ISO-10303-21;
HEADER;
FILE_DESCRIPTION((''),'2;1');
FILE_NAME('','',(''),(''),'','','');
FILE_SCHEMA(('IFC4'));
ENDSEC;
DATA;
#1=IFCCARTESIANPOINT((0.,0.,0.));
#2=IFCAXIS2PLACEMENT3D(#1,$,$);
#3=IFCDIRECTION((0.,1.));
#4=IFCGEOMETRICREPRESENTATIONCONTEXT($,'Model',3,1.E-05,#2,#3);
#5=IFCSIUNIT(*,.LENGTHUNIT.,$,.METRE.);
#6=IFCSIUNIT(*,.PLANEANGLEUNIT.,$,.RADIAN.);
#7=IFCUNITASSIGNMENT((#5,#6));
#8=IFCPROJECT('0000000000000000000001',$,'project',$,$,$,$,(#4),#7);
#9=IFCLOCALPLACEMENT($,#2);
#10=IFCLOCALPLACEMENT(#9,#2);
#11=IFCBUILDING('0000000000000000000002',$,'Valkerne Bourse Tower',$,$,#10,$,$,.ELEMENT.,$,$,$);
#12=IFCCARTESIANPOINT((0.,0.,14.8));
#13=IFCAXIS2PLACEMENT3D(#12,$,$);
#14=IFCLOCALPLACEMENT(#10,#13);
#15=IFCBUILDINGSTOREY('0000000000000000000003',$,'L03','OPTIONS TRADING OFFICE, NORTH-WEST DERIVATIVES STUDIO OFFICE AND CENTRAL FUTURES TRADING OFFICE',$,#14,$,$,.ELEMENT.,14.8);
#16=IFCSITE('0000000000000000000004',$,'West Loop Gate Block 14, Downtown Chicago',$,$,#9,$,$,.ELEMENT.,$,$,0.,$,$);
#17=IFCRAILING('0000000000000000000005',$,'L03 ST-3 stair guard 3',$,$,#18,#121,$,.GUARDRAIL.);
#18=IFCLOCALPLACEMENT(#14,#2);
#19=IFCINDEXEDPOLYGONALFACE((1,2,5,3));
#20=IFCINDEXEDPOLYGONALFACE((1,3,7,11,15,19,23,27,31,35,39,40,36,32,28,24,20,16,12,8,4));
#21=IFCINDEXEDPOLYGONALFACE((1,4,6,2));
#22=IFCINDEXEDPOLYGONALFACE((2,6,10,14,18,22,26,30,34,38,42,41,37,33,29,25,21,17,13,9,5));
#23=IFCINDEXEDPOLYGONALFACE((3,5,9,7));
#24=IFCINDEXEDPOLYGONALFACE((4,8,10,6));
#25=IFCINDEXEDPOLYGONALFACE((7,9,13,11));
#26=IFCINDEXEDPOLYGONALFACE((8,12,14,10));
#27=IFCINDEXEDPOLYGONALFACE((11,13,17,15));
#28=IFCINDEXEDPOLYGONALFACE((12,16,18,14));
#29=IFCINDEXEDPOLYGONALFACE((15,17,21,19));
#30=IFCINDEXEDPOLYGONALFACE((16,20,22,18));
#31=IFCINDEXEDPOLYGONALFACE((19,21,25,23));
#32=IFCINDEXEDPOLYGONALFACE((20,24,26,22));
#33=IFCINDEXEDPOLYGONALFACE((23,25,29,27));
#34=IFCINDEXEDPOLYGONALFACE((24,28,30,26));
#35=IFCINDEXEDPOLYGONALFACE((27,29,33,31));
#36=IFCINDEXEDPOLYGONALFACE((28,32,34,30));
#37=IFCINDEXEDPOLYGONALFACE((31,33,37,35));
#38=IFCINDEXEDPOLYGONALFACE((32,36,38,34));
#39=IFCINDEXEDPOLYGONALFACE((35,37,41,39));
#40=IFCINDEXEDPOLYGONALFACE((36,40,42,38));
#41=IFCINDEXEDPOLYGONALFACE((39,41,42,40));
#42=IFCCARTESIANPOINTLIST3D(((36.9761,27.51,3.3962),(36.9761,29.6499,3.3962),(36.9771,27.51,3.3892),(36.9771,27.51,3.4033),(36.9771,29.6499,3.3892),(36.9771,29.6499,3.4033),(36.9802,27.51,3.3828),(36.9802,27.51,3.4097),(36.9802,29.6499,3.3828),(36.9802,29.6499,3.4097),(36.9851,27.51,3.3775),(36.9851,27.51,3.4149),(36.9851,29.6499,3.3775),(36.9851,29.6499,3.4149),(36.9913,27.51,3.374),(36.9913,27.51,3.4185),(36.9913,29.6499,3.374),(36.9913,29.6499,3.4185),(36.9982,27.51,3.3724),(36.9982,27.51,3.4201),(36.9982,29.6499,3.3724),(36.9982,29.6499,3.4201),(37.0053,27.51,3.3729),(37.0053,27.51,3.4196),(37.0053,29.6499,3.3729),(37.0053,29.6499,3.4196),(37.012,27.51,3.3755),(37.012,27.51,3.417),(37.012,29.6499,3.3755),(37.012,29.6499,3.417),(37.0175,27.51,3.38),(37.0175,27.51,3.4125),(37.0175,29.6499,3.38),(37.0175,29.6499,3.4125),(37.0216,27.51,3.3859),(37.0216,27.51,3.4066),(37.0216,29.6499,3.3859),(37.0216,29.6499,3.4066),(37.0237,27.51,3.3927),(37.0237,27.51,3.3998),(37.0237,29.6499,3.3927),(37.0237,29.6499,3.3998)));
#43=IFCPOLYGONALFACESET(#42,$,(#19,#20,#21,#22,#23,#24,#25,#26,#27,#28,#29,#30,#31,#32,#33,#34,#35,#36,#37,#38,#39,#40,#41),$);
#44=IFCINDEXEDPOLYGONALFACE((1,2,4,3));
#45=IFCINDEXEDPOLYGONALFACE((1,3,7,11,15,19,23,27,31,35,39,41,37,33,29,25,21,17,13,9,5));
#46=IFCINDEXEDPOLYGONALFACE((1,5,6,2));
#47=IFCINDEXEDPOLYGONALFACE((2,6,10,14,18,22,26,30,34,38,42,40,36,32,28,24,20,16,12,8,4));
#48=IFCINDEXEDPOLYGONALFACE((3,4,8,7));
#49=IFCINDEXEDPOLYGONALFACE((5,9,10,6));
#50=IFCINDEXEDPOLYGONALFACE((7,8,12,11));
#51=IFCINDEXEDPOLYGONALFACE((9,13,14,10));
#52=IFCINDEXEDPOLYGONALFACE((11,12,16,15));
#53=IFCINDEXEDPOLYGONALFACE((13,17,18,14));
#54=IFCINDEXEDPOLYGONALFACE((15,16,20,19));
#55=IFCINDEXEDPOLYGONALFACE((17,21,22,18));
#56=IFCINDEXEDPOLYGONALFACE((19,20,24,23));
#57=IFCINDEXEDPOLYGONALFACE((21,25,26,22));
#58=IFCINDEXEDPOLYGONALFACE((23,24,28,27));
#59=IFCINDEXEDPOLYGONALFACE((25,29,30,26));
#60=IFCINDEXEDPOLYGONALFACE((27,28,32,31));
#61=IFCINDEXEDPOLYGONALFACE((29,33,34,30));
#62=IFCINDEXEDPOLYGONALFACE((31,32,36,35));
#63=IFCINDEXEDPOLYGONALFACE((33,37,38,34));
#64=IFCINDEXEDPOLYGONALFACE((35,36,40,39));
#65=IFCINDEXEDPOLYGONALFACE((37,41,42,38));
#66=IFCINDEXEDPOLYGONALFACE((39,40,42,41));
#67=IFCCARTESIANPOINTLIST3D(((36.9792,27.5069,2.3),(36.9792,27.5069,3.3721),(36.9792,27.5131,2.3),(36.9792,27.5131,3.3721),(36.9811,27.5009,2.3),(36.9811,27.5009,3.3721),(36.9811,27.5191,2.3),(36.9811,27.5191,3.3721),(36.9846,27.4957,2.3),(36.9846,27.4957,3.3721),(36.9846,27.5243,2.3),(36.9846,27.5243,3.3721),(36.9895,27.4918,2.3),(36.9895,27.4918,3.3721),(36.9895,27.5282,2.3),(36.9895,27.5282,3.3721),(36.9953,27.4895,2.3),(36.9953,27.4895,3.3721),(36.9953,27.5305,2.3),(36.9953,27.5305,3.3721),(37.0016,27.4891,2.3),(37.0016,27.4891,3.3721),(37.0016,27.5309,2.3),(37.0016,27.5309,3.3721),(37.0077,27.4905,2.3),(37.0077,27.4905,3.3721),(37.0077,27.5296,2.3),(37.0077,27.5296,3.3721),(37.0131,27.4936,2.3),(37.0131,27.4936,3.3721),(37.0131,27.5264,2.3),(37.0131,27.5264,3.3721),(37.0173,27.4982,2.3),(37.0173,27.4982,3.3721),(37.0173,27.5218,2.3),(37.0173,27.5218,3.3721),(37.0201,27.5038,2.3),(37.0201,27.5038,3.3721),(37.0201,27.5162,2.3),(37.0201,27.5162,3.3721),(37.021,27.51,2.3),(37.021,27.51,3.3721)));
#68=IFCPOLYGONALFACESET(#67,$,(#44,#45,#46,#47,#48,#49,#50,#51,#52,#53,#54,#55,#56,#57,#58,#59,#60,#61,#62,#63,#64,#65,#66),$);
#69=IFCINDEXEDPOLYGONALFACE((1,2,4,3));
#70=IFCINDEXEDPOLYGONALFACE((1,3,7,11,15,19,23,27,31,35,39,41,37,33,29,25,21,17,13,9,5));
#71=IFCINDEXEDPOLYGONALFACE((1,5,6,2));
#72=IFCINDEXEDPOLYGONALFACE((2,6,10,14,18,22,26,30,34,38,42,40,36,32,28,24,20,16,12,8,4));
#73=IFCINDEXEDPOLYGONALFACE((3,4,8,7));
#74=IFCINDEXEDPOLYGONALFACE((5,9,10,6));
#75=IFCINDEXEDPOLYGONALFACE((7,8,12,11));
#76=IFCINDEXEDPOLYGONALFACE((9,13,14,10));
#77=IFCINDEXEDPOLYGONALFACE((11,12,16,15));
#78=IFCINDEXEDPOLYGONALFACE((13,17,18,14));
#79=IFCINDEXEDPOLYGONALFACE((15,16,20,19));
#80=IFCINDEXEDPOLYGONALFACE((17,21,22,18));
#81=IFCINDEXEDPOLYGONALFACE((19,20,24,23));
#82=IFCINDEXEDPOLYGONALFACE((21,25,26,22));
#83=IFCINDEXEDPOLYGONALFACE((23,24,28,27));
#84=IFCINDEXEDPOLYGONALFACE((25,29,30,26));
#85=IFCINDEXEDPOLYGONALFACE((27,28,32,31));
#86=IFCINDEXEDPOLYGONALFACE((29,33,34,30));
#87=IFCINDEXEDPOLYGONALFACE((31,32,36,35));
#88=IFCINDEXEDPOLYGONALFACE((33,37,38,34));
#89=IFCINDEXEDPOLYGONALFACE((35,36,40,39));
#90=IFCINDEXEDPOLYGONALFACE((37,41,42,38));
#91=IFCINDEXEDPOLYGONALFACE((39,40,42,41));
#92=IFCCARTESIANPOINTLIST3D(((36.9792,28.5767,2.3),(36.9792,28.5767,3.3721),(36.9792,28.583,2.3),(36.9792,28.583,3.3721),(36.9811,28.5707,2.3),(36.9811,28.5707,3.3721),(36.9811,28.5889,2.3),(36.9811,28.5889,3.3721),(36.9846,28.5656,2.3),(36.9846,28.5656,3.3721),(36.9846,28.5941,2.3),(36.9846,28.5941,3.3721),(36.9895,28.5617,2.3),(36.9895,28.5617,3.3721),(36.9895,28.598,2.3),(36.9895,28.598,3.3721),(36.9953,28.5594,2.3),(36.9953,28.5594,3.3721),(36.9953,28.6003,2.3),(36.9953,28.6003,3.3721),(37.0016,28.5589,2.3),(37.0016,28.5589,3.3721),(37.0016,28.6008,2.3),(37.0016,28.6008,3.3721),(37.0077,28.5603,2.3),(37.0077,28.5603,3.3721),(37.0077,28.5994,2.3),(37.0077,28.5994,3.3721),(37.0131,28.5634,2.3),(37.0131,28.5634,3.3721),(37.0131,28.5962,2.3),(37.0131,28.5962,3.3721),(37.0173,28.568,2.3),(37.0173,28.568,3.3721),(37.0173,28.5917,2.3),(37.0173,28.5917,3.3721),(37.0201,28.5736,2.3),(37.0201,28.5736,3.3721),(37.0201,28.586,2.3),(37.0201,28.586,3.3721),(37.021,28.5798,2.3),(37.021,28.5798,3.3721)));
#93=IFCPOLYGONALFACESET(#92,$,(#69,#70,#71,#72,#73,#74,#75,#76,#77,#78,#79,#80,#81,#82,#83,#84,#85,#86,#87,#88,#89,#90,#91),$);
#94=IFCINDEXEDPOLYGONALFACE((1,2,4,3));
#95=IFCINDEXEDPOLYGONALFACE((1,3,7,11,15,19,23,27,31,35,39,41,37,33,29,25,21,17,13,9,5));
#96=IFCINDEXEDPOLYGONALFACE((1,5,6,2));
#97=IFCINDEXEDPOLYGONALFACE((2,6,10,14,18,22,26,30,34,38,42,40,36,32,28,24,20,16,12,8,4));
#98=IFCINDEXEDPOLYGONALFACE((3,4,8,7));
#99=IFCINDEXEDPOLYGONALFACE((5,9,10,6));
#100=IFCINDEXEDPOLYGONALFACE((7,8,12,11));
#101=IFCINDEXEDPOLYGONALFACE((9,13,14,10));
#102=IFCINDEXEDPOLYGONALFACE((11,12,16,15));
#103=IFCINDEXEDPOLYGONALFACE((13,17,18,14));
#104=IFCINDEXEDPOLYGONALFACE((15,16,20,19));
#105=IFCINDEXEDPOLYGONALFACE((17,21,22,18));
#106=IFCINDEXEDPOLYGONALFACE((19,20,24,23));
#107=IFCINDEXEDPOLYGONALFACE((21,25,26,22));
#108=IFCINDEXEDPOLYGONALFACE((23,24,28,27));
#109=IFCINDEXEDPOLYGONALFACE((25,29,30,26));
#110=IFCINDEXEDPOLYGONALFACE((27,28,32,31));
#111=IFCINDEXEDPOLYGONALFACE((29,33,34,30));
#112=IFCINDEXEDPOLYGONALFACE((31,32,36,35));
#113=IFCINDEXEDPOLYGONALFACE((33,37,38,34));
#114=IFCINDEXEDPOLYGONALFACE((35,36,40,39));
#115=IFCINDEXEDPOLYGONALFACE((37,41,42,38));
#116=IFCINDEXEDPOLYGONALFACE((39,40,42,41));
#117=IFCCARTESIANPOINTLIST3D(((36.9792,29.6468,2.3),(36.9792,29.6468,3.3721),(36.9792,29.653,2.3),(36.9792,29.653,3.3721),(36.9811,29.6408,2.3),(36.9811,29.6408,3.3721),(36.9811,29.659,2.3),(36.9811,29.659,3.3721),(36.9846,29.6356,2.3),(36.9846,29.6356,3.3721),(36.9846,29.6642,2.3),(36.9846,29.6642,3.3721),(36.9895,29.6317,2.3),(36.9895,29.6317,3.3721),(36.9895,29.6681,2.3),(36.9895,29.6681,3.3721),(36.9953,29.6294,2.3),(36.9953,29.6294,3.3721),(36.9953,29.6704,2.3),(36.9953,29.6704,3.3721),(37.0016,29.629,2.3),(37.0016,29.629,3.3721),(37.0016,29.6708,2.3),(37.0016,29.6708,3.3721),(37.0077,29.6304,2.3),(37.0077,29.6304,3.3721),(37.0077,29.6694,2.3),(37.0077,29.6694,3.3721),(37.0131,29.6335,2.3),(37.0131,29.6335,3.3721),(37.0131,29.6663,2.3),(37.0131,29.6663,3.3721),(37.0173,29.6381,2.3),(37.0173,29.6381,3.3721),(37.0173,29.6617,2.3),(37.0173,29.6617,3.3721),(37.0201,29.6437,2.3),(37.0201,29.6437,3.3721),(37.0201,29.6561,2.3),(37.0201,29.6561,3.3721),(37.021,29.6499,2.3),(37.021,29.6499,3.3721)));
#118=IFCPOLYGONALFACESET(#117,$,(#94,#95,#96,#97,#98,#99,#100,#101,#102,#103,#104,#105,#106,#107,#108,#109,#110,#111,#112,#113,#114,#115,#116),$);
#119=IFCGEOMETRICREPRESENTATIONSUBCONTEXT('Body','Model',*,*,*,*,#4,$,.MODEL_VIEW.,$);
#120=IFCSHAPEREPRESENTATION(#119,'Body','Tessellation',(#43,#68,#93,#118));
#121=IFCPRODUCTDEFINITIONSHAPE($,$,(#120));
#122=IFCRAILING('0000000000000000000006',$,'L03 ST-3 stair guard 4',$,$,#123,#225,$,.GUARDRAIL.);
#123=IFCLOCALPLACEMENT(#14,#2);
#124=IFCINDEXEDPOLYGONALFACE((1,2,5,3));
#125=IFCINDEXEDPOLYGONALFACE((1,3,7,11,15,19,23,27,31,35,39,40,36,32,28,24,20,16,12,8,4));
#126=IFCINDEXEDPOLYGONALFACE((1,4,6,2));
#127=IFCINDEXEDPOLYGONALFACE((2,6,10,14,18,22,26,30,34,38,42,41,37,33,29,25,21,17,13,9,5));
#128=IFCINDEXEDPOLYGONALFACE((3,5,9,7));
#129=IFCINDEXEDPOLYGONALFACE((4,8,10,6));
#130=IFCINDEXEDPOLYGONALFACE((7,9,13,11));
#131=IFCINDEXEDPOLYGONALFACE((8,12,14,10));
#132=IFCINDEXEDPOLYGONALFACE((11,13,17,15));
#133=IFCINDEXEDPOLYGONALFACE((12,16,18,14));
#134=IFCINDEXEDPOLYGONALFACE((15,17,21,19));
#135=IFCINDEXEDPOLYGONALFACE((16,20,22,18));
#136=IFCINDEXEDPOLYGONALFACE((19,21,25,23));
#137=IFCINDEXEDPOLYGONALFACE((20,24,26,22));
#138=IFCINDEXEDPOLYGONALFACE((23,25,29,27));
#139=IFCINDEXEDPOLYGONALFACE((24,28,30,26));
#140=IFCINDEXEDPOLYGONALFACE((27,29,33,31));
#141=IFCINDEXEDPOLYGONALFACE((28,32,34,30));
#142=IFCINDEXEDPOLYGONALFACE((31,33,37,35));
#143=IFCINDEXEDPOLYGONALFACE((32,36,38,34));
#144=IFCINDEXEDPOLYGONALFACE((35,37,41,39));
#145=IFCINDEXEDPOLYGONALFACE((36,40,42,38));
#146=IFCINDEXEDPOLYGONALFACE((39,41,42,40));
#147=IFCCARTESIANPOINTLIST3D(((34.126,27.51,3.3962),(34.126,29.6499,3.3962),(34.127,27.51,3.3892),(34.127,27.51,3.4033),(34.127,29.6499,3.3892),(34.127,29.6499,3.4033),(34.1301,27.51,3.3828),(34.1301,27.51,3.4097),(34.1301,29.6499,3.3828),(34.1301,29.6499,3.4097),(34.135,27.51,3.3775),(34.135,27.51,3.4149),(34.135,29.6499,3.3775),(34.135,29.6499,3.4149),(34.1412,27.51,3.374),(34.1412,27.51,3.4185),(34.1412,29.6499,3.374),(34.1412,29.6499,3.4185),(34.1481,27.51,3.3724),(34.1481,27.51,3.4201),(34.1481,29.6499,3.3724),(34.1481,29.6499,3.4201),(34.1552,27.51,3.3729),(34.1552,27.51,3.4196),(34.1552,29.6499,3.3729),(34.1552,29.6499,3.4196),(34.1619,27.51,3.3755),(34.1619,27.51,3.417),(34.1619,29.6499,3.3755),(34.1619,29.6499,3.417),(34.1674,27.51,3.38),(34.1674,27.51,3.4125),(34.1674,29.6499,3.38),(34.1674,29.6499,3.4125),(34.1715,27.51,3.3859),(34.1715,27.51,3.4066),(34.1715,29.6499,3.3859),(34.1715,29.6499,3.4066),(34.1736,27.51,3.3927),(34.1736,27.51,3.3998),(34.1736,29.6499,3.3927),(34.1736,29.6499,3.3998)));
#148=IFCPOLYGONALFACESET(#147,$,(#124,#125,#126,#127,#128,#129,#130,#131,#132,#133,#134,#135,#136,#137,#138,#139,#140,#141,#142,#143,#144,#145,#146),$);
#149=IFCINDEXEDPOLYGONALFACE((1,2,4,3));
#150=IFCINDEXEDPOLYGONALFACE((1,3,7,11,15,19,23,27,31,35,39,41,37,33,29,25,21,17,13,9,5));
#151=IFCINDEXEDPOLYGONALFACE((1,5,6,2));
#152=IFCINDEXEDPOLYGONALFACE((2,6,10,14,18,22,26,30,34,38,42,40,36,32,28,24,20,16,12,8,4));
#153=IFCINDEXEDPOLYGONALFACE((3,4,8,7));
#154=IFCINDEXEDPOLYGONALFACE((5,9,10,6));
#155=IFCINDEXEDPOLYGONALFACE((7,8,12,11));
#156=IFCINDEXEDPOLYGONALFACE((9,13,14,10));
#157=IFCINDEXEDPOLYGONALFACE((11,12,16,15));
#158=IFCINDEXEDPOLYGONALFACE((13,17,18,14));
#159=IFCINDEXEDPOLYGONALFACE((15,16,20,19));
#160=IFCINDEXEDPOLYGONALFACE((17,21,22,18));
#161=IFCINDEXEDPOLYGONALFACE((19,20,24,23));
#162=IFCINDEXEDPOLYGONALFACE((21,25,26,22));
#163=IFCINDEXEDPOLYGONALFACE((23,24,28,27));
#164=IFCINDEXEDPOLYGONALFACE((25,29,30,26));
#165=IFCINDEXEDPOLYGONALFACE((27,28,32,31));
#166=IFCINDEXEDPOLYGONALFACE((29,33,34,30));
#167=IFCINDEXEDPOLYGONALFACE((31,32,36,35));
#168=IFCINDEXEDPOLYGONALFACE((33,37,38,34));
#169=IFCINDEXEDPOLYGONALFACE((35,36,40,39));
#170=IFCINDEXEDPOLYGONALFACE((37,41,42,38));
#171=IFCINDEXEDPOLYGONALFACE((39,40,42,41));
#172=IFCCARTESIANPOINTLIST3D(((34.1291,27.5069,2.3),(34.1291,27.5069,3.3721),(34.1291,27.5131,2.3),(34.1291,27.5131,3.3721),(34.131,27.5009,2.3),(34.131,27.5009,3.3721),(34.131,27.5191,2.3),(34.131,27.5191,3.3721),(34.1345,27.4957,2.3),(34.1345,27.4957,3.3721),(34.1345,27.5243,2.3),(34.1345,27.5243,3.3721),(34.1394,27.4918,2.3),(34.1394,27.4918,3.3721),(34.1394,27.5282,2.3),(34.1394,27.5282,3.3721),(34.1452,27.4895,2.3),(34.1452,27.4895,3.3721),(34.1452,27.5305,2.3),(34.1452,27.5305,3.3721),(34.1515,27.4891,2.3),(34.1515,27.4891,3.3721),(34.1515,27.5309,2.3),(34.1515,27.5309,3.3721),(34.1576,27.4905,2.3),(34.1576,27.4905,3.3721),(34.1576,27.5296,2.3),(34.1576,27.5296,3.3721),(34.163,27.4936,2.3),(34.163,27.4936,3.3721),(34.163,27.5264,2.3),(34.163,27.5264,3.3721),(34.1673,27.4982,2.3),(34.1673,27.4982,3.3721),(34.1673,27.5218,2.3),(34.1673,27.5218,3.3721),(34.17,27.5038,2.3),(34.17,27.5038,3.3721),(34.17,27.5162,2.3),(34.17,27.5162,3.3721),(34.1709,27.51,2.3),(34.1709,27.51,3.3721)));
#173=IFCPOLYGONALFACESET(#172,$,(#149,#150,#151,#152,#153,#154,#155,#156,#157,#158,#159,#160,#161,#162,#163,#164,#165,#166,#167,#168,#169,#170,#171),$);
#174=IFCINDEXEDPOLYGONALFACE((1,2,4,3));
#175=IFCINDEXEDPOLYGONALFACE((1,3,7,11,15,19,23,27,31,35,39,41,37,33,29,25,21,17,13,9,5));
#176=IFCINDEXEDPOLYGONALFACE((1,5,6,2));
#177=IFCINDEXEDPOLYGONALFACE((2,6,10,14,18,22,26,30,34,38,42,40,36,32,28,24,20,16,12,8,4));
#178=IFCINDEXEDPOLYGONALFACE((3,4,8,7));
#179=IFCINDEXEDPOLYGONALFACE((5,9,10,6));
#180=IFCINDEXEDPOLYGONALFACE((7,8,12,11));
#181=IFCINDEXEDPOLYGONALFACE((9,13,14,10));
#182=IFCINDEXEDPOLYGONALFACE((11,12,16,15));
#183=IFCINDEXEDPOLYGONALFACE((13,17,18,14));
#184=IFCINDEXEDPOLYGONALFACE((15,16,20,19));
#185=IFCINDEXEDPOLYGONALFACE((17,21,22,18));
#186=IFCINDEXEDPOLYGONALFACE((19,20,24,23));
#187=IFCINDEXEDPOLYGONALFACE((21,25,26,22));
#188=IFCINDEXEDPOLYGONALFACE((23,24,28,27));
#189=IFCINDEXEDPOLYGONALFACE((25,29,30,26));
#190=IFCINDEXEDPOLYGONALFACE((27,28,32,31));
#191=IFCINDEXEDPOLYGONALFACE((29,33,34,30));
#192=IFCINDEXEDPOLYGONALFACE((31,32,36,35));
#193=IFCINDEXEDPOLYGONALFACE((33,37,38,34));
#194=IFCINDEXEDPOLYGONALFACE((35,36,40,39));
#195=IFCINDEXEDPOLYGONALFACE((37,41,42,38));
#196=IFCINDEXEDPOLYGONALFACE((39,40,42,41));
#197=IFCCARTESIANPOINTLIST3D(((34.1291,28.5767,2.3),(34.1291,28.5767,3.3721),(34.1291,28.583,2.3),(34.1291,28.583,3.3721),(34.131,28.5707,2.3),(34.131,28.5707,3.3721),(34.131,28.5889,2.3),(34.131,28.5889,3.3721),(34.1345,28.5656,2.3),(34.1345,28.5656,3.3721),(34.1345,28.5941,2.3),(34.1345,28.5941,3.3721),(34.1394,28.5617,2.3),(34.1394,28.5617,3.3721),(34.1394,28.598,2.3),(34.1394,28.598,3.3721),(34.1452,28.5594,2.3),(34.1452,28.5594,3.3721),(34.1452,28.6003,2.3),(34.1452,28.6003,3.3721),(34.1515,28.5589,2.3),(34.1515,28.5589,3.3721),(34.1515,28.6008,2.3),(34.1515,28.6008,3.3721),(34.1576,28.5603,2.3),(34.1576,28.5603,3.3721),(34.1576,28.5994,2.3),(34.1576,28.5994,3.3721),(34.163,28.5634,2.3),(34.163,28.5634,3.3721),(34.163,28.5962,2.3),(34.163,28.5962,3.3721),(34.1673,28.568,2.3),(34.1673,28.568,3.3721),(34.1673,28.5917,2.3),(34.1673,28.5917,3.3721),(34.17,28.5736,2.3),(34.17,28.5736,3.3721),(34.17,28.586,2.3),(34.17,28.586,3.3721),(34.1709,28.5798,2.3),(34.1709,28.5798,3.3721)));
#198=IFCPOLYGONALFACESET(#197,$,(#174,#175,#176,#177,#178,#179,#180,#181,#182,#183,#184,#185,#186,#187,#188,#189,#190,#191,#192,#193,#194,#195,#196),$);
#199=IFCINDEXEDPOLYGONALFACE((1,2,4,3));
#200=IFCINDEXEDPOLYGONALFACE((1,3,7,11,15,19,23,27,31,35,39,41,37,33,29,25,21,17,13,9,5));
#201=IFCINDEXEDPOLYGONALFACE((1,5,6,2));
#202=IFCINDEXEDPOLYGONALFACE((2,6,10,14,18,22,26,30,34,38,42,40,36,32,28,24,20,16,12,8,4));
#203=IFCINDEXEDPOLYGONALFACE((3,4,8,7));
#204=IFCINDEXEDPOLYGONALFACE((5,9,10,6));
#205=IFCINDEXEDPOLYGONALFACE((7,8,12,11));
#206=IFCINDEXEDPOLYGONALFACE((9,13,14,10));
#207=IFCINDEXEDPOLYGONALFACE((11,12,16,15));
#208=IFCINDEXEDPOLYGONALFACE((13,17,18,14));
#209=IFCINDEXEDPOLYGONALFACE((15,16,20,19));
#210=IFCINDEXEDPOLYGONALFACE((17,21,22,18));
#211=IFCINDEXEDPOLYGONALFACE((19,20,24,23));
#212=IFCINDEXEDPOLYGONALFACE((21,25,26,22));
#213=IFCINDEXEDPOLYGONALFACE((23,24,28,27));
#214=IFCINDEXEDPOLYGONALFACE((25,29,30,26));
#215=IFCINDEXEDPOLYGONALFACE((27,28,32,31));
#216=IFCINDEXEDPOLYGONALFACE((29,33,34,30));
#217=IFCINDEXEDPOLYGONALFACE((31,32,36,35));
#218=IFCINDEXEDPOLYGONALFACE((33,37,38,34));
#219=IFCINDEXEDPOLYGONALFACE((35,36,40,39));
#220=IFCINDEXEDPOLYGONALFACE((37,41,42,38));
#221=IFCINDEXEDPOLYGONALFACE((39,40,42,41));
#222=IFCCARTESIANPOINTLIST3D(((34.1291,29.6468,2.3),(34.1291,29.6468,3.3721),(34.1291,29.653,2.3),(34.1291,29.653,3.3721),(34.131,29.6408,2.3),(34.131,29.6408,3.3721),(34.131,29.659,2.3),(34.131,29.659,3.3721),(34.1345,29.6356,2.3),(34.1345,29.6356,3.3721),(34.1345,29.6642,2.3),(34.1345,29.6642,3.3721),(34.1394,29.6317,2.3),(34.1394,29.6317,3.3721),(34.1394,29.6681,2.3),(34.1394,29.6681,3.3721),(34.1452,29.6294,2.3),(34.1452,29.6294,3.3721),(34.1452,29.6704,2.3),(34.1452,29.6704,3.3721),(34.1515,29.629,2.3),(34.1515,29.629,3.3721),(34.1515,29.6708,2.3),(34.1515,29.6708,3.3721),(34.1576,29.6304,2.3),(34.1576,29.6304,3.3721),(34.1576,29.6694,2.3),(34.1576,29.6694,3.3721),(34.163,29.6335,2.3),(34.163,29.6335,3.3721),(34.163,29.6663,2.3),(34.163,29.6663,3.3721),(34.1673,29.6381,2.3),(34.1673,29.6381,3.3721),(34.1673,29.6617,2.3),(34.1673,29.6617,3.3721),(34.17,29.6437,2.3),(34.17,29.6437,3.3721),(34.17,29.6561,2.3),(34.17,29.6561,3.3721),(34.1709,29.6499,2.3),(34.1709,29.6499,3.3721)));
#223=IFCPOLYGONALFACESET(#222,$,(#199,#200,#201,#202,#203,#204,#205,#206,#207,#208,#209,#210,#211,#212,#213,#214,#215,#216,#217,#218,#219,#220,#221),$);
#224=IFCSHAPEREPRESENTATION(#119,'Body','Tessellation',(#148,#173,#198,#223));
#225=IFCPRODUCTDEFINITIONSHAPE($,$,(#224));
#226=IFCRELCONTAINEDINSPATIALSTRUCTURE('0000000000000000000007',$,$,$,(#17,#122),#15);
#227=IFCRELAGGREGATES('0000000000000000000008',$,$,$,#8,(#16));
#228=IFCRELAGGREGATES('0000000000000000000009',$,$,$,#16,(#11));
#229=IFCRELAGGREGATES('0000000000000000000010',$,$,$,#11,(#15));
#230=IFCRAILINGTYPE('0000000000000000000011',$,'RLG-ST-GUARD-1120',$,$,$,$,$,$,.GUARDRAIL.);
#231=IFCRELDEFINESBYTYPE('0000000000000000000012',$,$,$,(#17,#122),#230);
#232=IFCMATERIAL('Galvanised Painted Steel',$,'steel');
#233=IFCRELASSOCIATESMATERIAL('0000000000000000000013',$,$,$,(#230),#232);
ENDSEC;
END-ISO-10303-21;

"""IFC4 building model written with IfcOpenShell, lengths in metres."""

from ifc_helpers import new_model, si_unit, direction, frame, origin, origin_2d, place, context, subcontext, project, spatial, circle, extrude, material, type_object, element, save


model = new_model("IFC4")

# Units and contexts
model_context = context("Model", 3, precision=1e-05, world=origin(), true_north=direction((0.0, 1.0)))
body_context = subcontext(model_context, "Body", "Model", "MODEL_VIEW")
ifc_project = project(units=[si_unit("LENGTHUNIT", "METRE"), si_unit("PLANEANGLEUNIT", "RADIAN")], contexts=[model_context])

# Site, building, storey
site_placement = place(None, origin())
site = spatial("IfcSite", under=ifc_project, at=site_placement, Name="West Loop Gate Block 14, Downtown Chicago", CompositionType="ELEMENT", RefElevation=0.0)
building_placement = place(site_placement, origin())
building = spatial("IfcBuilding", under=site, at=building_placement, Name="Valkerne Bourse Tower", CompositionType="ELEMENT")
storey_placement = place(building_placement, frame((0.0, 0.0, 14.8)))
storey = spatial("IfcBuildingStorey", under=building, at=storey_placement, Name="L03", Description="OPTIONS TRADING OFFICE, NORTH-WEST DERIVATIVES STUDIO OFFICE AND CENTRAL FUTURES TRADING OFFICE", CompositionType="ELEMENT", Elevation=14.8)

# Shared definitions
ifc_material_1 = material(Name="Galvanised Painted Steel", Category="steel")

# Railings
railing_type_1 = type_object("IfcRailingType", Name="RLG-ST-GUARD-1120", PredefinedType="GUARDRAIL", material=ifc_material_1)
for number, where, name in (
    (1, (37.0, 27.51, 2.3), "L03 ST-3 stair guard 3"),
    (2, (34.1499, 27.51, 2.3), "L03 ST-3 stair guard 4"),
):
    element("IfcRailing", number, at=place(storey_placement, frame(where)), inside=storey, type_object=railing_type_1, Name=name, PredefinedType="GUARDRAIL", context=body_context, shape_type="SweptSolid", body=[
        extrude(circle(Radius=0.0239, at=origin_2d()), frame((0.0, 0.0, 1.0962), z_axis=(0.0, 1.0, 0.0), x_axis=(-1.0, 0.0, 0.0)), (0.0, 0.0, 1.0), 2.1399),
        extrude(circle(Radius=0.021, at=origin_2d()), origin(), (0.0, 0.0, 1.0), 1.072),
        extrude(circle(Radius=0.021, at=origin_2d()), frame((0.0, 1.0698, 0.0)), (0.0, 0.0, 1.0), 1.072),
        extrude(circle(Radius=0.021, at=origin_2d()), frame((0.0, 2.1399, 0.0)), (0.0, 0.0, 1.0), 1.072),
    ])

save(model, "model.ifc")
